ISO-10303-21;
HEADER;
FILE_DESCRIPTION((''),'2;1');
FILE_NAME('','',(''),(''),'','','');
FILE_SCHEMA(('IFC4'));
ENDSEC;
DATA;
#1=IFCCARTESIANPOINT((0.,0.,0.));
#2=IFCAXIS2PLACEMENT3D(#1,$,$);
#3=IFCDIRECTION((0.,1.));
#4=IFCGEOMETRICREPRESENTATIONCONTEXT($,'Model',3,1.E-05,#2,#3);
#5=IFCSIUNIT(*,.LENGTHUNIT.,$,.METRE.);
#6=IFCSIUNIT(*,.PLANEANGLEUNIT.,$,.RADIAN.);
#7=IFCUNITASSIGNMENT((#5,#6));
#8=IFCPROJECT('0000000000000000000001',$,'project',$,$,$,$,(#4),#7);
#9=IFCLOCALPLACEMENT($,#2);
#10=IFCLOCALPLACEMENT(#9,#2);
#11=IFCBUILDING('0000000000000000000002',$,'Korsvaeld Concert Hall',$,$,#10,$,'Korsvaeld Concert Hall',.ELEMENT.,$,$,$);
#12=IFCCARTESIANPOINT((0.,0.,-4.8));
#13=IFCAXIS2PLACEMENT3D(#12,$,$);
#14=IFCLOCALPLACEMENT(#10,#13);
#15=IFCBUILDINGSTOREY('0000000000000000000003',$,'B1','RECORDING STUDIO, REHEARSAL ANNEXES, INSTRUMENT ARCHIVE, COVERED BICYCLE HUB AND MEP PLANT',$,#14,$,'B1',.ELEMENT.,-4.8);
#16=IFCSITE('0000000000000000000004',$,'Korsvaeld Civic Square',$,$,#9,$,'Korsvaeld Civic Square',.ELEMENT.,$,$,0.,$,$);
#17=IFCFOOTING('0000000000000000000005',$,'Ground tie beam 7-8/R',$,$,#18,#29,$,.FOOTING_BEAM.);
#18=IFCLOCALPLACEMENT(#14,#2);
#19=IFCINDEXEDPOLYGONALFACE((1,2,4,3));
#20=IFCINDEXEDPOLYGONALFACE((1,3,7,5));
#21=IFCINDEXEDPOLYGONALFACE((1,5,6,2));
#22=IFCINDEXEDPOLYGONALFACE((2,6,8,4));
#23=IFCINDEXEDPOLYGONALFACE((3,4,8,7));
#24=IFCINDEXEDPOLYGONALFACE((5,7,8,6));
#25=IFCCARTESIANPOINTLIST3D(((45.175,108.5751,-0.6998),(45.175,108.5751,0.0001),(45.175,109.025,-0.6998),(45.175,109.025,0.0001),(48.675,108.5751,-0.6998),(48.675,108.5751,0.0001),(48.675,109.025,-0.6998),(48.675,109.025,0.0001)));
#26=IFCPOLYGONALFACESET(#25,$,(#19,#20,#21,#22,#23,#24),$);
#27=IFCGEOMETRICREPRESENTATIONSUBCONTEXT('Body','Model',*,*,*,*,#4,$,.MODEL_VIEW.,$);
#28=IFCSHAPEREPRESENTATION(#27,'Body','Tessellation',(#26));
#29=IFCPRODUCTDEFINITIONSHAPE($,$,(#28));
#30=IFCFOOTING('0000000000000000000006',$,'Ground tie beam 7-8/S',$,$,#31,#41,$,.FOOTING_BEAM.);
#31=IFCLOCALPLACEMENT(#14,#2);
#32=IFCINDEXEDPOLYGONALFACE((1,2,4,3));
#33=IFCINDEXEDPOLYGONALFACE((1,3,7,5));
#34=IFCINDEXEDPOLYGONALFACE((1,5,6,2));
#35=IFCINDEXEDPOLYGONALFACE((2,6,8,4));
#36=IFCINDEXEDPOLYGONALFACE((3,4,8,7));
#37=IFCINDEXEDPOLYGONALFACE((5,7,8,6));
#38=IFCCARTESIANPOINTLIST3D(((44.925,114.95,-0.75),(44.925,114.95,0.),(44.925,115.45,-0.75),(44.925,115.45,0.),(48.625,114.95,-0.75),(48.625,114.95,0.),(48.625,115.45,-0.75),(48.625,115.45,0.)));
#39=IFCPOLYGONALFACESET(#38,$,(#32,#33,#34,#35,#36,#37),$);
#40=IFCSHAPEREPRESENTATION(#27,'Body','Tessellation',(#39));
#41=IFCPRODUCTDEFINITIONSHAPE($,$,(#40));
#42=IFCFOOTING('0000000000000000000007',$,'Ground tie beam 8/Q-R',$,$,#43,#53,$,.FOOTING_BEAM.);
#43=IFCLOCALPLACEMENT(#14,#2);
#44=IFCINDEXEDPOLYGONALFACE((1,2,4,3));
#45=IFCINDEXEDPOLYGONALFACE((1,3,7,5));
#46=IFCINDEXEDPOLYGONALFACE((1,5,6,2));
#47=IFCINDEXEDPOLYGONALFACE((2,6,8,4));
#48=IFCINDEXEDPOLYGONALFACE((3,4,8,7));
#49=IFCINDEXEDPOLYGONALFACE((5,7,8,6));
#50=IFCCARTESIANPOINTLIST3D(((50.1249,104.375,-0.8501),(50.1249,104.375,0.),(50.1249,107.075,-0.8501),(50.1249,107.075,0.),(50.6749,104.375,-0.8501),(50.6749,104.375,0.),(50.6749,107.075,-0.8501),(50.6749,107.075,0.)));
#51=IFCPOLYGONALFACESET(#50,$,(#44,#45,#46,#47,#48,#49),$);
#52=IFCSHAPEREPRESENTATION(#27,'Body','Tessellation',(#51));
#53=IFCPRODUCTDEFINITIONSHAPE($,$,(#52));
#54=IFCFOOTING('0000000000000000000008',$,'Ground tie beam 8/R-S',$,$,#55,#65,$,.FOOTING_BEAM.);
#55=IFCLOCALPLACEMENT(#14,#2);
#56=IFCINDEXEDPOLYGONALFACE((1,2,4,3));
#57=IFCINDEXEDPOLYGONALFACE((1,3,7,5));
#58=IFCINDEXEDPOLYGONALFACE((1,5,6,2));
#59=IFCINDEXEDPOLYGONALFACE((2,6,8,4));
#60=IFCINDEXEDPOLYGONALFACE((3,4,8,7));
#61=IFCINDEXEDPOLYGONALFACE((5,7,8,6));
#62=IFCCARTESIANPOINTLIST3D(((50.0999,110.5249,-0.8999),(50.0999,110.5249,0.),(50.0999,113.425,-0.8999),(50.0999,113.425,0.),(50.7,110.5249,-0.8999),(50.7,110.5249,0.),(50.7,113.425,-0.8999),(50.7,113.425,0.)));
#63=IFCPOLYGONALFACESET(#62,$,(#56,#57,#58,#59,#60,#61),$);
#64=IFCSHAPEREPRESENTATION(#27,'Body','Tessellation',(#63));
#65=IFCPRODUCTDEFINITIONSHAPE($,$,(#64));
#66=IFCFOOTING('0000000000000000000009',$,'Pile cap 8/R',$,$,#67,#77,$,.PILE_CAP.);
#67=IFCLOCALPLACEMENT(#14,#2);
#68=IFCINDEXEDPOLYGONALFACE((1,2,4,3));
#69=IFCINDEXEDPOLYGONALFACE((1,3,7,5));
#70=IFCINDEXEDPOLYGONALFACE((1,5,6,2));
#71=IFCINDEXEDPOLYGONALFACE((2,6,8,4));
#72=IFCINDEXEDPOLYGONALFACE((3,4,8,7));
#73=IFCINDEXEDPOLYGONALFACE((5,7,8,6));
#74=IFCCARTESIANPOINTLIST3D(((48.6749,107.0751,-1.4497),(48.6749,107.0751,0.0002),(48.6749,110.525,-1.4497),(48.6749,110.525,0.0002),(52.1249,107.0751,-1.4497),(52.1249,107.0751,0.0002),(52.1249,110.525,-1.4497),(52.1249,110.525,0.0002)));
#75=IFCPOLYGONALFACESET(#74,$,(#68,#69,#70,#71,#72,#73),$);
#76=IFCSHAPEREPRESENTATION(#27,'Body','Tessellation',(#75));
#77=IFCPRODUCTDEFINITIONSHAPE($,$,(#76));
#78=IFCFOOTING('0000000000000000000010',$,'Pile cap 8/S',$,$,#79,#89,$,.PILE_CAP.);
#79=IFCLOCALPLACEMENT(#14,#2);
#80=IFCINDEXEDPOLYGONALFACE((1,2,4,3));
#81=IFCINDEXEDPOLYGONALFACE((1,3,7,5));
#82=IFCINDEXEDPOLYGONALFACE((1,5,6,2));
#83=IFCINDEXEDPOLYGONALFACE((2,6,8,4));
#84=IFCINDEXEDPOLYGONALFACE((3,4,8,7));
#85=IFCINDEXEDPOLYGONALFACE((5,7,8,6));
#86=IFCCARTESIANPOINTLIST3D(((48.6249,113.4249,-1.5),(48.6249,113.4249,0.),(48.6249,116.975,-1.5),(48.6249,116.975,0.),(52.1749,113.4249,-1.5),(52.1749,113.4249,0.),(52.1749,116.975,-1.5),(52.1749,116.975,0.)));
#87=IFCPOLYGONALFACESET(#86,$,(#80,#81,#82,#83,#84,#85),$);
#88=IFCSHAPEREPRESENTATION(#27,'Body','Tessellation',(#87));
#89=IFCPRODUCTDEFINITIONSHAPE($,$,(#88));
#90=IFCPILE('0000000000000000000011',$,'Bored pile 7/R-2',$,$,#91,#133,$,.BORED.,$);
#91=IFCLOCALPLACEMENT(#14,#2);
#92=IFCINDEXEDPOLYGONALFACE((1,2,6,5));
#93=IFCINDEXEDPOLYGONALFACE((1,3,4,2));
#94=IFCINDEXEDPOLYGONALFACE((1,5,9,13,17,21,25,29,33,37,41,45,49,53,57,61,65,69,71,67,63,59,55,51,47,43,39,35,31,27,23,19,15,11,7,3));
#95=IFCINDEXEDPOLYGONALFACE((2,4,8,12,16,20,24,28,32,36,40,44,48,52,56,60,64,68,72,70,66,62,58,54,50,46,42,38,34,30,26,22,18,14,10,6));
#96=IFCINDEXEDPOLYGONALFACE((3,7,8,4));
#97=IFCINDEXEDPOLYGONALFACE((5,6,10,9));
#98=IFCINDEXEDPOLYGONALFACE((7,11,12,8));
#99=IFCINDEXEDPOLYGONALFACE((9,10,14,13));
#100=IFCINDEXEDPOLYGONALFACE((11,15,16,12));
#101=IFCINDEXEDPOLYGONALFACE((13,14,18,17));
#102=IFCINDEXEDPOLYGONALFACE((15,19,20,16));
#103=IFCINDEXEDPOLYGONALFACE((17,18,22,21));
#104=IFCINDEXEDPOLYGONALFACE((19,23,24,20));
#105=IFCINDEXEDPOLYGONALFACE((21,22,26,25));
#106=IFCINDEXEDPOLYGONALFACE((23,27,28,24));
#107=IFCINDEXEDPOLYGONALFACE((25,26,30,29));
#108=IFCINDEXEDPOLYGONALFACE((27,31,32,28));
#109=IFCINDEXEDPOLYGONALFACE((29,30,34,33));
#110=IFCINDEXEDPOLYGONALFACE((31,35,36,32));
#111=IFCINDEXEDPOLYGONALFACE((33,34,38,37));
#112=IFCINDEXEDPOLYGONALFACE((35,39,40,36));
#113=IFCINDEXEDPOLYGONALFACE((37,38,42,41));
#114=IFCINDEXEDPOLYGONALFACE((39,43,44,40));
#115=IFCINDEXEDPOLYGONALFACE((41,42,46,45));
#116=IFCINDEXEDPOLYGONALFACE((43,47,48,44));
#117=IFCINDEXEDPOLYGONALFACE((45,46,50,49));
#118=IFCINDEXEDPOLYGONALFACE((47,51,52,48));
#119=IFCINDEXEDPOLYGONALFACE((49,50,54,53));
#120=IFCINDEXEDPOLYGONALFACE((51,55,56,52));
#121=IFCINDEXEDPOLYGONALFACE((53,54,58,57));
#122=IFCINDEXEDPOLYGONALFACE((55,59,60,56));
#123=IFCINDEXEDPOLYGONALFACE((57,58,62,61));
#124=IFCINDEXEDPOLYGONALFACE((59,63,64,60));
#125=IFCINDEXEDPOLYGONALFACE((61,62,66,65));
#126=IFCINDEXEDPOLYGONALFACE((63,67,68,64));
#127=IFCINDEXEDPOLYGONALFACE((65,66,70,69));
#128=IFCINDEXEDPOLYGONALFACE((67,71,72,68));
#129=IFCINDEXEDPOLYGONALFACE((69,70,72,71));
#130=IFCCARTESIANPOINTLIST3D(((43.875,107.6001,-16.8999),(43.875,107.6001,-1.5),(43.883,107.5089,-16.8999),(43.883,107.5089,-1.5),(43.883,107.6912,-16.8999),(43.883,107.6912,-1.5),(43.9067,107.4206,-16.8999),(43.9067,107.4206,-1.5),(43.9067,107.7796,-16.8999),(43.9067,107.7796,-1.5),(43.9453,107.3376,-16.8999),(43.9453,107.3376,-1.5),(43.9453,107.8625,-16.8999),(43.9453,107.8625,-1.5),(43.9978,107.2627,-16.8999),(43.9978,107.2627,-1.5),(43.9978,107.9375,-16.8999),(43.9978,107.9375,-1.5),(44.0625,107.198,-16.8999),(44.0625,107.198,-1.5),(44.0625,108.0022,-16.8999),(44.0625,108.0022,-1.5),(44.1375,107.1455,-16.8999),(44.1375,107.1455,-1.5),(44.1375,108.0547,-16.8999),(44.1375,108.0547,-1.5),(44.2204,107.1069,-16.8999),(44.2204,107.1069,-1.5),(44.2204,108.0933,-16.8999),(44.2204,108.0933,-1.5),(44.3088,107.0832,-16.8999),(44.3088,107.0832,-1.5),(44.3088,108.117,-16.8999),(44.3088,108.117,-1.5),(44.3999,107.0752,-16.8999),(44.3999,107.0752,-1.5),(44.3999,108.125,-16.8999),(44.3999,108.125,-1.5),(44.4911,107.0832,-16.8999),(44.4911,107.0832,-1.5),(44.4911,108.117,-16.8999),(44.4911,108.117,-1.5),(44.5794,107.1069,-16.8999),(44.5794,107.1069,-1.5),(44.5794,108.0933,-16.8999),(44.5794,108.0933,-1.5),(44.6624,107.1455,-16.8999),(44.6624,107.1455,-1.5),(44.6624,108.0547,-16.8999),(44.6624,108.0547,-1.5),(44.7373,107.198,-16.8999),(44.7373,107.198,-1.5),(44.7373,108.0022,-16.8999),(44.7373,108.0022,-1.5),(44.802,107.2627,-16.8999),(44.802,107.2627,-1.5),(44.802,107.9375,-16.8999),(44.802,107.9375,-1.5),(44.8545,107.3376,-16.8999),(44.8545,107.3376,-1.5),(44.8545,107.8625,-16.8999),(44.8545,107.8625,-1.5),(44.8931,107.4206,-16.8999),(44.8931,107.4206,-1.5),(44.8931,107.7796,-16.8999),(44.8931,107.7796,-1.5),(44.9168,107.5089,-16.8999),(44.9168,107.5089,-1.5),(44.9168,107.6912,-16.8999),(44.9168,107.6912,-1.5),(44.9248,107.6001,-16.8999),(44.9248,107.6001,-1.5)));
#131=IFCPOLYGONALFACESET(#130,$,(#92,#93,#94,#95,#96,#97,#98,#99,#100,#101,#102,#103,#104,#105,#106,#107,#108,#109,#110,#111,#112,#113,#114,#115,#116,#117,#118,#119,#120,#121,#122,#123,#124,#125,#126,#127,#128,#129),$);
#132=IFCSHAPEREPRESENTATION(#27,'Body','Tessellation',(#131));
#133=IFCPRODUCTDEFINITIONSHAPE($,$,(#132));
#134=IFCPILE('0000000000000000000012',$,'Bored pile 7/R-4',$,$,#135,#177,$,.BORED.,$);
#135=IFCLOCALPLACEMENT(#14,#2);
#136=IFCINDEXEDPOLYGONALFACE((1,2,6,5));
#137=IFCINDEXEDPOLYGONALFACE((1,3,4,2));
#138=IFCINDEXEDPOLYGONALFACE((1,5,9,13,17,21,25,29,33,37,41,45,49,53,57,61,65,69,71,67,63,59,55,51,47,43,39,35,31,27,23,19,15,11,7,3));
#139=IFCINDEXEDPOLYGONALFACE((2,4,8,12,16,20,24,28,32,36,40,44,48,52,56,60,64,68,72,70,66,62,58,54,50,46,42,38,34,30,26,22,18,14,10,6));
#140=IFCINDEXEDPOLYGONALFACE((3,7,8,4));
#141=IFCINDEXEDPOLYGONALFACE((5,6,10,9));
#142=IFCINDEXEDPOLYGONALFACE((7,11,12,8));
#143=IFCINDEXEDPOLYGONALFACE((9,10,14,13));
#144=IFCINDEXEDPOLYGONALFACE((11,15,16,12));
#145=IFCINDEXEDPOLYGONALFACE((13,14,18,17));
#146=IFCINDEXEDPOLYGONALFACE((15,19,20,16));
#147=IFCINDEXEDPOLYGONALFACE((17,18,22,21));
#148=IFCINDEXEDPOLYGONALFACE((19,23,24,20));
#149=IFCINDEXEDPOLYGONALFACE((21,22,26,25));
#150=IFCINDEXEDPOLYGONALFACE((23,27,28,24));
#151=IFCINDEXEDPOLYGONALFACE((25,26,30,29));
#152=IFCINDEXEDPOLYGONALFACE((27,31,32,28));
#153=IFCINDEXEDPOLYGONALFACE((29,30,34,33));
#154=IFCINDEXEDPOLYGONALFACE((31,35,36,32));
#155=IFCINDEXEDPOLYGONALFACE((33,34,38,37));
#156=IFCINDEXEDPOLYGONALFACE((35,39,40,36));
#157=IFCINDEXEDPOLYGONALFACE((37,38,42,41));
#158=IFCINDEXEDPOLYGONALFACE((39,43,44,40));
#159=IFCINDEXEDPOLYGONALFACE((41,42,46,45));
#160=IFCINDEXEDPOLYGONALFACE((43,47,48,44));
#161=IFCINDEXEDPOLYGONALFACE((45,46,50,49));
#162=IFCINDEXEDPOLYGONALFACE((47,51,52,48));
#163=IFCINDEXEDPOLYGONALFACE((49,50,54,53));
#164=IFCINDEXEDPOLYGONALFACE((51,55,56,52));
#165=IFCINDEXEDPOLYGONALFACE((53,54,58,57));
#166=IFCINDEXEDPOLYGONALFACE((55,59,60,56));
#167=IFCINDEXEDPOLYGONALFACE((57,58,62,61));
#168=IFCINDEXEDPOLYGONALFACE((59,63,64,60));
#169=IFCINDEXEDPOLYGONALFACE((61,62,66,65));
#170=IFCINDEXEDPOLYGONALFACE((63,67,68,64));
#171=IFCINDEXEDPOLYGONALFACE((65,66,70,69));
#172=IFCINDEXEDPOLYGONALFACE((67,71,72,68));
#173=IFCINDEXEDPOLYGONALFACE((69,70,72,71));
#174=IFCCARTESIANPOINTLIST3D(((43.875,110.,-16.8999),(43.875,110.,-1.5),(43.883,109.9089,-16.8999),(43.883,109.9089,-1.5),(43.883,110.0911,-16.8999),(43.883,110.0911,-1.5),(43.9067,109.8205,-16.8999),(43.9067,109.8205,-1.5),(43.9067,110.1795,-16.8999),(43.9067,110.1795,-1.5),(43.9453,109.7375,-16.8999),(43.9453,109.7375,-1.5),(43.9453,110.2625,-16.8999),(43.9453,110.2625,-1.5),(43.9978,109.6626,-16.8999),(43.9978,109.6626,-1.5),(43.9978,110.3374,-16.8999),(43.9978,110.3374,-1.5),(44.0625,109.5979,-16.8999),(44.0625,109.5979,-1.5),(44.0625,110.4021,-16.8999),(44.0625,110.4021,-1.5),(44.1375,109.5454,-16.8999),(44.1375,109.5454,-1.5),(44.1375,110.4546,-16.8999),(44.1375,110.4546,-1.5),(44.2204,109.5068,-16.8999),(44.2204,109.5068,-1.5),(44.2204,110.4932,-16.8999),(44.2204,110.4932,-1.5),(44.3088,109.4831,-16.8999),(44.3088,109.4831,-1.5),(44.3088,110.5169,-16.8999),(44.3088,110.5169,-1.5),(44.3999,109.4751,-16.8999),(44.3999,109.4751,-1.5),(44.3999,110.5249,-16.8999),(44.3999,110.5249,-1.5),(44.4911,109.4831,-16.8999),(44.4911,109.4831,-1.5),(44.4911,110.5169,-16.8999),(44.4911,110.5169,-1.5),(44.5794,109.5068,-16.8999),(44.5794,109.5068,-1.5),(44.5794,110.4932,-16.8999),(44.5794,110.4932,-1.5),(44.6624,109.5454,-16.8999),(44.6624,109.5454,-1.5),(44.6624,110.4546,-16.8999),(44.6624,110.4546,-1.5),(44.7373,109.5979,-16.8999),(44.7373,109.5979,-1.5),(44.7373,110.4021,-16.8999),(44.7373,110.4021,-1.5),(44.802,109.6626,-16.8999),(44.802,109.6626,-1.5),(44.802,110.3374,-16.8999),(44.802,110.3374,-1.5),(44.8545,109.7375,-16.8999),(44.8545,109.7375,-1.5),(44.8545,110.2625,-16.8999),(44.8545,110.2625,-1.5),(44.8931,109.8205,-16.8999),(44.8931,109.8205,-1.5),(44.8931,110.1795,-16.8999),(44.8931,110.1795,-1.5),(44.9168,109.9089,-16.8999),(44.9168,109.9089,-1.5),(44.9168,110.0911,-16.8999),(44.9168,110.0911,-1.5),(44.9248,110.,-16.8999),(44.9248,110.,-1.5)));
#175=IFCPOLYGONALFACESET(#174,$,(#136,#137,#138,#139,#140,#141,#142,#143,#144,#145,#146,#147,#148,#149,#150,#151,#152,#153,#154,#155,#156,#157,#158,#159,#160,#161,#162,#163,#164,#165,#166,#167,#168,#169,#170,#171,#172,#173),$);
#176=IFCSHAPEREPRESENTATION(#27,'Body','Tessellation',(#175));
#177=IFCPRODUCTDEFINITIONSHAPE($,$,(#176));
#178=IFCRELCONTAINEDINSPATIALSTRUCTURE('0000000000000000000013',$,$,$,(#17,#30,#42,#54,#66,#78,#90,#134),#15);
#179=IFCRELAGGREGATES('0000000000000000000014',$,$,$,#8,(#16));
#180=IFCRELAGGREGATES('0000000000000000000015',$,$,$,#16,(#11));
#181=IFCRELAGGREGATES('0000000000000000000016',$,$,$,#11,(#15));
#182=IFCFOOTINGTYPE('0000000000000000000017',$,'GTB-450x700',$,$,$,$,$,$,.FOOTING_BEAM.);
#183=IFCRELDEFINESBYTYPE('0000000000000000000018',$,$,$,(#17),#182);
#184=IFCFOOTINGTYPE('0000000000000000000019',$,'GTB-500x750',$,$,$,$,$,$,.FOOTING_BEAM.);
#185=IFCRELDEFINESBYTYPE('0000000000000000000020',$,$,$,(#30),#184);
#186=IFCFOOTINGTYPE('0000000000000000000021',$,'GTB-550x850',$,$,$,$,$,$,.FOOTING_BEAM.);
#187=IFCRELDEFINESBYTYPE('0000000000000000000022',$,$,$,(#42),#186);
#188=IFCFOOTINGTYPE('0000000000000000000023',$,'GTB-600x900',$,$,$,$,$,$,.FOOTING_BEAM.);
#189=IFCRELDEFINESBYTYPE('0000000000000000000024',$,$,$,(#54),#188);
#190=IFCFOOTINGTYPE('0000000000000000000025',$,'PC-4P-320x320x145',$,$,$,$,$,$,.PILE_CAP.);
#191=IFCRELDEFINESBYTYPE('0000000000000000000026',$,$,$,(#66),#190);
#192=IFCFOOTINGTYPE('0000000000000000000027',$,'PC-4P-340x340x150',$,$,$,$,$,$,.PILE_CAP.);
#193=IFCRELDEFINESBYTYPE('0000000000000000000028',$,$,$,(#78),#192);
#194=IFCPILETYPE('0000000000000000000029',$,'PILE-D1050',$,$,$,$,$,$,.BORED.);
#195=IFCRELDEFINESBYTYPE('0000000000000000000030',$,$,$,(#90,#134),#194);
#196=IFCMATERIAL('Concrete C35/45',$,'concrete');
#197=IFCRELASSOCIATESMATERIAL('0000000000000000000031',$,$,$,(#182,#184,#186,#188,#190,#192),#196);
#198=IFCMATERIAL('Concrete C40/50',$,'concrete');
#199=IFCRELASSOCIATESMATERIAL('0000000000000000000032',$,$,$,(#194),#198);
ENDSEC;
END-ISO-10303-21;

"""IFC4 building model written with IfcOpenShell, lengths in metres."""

from ifc_helpers import new_model, si_unit, direction, frame, origin, origin_2d, place, context, subcontext, project, spatial, rectangle, circle, extrude, material, material_profile, profile_set, type_object, element, save


model = new_model("IFC4")

# Units and contexts
model_context = context("Model", 3, precision=1e-05, world=origin(), true_north=direction((0.0, 1.0)))
body_context = subcontext(model_context, "Body", "Model", "MODEL_VIEW")
ifc_project = project(units=[si_unit("LENGTHUNIT", "METRE"), si_unit("PLANEANGLEUNIT", "RADIAN")], contexts=[model_context])

# Site, building, storey
site_placement = place(None, origin())
site = spatial("IfcSite", under=ifc_project, at=site_placement, Name="Korsvaeld Civic Square", LongName="Korsvaeld Civic Square", CompositionType="ELEMENT", RefElevation=0.0)
building_placement = place(site_placement, origin())
building = spatial("IfcBuilding", under=site, at=building_placement, Name="Korsvaeld Concert Hall", LongName="Korsvaeld Concert Hall", CompositionType="ELEMENT")
storey_placement = place(building_placement, frame((0.0, 0.0, -4.8)))
storey = spatial("IfcBuildingStorey", under=building, at=storey_placement, Name="B1", Description="RECORDING STUDIO, REHEARSAL ANNEXES, INSTRUMENT ARCHIVE, COVERED BICYCLE HUB AND MEP PLANT", LongName="B1", CompositionType="ELEMENT", Elevation=-4.8)

# Footings
ifc_material_1 = material(Name="Concrete C35/45", Category="concrete")
ifc_material_profile_1 = material_profile(ifc_material_1, rectangle(XDim=0.45, YDim=0.7, at=origin_2d()), Name="GTB 450x700")
ifc_profile_set_1 = profile_set([ifc_material_profile_1], Name="Concrete C35/45")
footing_type_1 = type_object("IfcFootingType", Name="GTB-450x700", PredefinedType="FOOTING_BEAM", material=ifc_profile_set_1)
footing_1_placement = place(storey_placement, frame((45.175, 108.8, -0.3499), z_axis=(1.0, 0.0, 0.0), x_axis=(0.0, 1.0, 0.0)))
element("IfcFooting", 1, at=footing_1_placement, inside=storey, type_object=footing_type_1, Name="Ground tie beam 7-8/R", PredefinedType="FOOTING_BEAM", context=body_context, shape_type="SweptSolid", body=[
    extrude(rectangle(XDim=0.45, YDim=0.7, at=origin_2d()), origin(), (0.0, 0.0, 1.0), 3.5),
])
ifc_material_profile_2 = material_profile(ifc_material_1, rectangle(XDim=0.5, YDim=0.75, at=origin_2d()), Name="GTB 500x750")
ifc_profile_set_2 = profile_set([ifc_material_profile_2], Name="Concrete C35/45")
footing_type_2 = type_object("IfcFootingType", Name="GTB-500x750", PredefinedType="FOOTING_BEAM", material=ifc_profile_set_2)
footing_2_placement = place(storey_placement, frame((44.925, 115.2, -0.375), z_axis=(1.0, 0.0, 0.0), x_axis=(0.0, 1.0, 0.0)))
element("IfcFooting", 2, at=footing_2_placement, inside=storey, type_object=footing_type_2, Name="Ground tie beam 7-8/S", PredefinedType="FOOTING_BEAM", context=body_context, shape_type="SweptSolid", body=[
    extrude(rectangle(XDim=0.5, YDim=0.75, at=origin_2d()), origin(), (0.0, 0.0, 1.0), 3.7),
])
ifc_material_profile_3 = material_profile(ifc_material_1, rectangle(XDim=0.55, YDim=0.8501, at=origin_2d()), Name="GTB 550x850")
ifc_profile_set_3 = profile_set([ifc_material_profile_3], Name="Concrete C35/45")
footing_type_3 = type_object("IfcFootingType", Name="GTB-550x850", PredefinedType="FOOTING_BEAM", material=ifc_profile_set_3)
footing_3_placement = place(storey_placement, frame((50.3999, 104.375, -0.425), z_axis=(0.0, 1.0, 0.0), x_axis=(-1.0, 0.0, 0.0)))
element("IfcFooting", 3, at=footing_3_placement, inside=storey, type_object=footing_type_3, Name="Ground tie beam 8/Q-R", PredefinedType="FOOTING_BEAM", context=body_context, shape_type="SweptSolid", body=[
    extrude(rectangle(XDim=0.55, YDim=0.8501, at=origin_2d()), origin(), (0.0, 0.0, 1.0), 2.7),
])
ifc_material_profile_4 = material_profile(ifc_material_1, rectangle(XDim=0.6001, YDim=0.8999, at=origin_2d()), Name="GTB 600x900")
ifc_profile_set_4 = profile_set([ifc_material_profile_4], Name="Concrete C35/45")
footing_type_4 = type_object("IfcFootingType", Name="GTB-600x900", PredefinedType="FOOTING_BEAM", material=ifc_profile_set_4)
footing_4_placement = place(storey_placement, frame((50.3999, 110.5249, -0.45), z_axis=(0.0, 1.0, 0.0), x_axis=(-1.0, 0.0, 0.0)))
element("IfcFooting", 4, at=footing_4_placement, inside=storey, type_object=footing_type_4, Name="Ground tie beam 8/R-S", PredefinedType="FOOTING_BEAM", context=body_context, shape_type="SweptSolid", body=[
    extrude(rectangle(XDim=0.6001, YDim=0.8999, at=origin_2d()), origin(), (0.0, 0.0, 1.0), 2.9001),
])
footing_type_5 = type_object("IfcFootingType", Name="PC-4P-320x320x145", PredefinedType="PILE_CAP", material=ifc_material_1)
footing_5_placement = place(storey_placement, frame((50.3999, 108.8, -1.4497), z_axis=(0.0, 0.0, 1.0), x_axis=(1.0, 0.0, 0.0)))
element("IfcFooting", 5, at=footing_5_placement, inside=storey, type_object=footing_type_5, Name="Pile cap 8/R", PredefinedType="PILE_CAP", context=body_context, shape_type="SweptSolid", body=[
    extrude(rectangle(XDim=3.45, YDim=3.45, at=origin_2d()), origin(), (0.0, 0.0, 1.0), 1.45),
])
footing_type_6 = type_object("IfcFootingType", Name="PC-4P-340x340x150", PredefinedType="PILE_CAP", material=ifc_material_1)
footing_6_placement = place(storey_placement, frame((50.3999, 115.2, -1.5), z_axis=(0.0, 0.0, 1.0), x_axis=(1.0, 0.0, 0.0)))
element("IfcFooting", 6, at=footing_6_placement, inside=storey, type_object=footing_type_6, Name="Pile cap 8/S", PredefinedType="PILE_CAP", context=body_context, shape_type="SweptSolid", body=[
    extrude(rectangle(XDim=3.55, YDim=3.55, at=origin_2d()), origin(), (0.0, 0.0, 1.0), 1.5),
])

# Piles
ifc_material_2 = material(Name="Concrete C40/50", Category="concrete")
ifc_material_profile_5 = material_profile(ifc_material_2, circle(Radius=0.5249, at=origin_2d()), Name="BORED PILE D1050")
ifc_profile_set_5 = profile_set([ifc_material_profile_5], Name="Concrete C40/50")
pile_type_1 = type_object("IfcPileType", Name="PILE-D1050", PredefinedType="BORED", material=ifc_profile_set_5)
for number, where, z_axis, x_axis, name in (
    (7, (44.3999, 107.6001, -1.5), (0.0, 0.0, -1.0), (1.0, 0.0, 0.0), "Bored pile 7/R-2"),
    (8, (44.3999, 110.0, -1.5), (0.0, 0.0, -1.0), (1.0, 0.0, 0.0), "Bored pile 7/R-4"),
):
    element("IfcPile", number, at=place(storey_placement, frame(where, z_axis=z_axis, x_axis=x_axis)), inside=storey, type_object=pile_type_1, Name=name, PredefinedType="BORED", context=body_context, shape_type="SweptSolid", body=[
        extrude(circle(Radius=0.5249, at=origin_2d()), origin(), (0.0, 0.0, 1.0), 15.3999),
    ])

save(model, "model.ifc")
